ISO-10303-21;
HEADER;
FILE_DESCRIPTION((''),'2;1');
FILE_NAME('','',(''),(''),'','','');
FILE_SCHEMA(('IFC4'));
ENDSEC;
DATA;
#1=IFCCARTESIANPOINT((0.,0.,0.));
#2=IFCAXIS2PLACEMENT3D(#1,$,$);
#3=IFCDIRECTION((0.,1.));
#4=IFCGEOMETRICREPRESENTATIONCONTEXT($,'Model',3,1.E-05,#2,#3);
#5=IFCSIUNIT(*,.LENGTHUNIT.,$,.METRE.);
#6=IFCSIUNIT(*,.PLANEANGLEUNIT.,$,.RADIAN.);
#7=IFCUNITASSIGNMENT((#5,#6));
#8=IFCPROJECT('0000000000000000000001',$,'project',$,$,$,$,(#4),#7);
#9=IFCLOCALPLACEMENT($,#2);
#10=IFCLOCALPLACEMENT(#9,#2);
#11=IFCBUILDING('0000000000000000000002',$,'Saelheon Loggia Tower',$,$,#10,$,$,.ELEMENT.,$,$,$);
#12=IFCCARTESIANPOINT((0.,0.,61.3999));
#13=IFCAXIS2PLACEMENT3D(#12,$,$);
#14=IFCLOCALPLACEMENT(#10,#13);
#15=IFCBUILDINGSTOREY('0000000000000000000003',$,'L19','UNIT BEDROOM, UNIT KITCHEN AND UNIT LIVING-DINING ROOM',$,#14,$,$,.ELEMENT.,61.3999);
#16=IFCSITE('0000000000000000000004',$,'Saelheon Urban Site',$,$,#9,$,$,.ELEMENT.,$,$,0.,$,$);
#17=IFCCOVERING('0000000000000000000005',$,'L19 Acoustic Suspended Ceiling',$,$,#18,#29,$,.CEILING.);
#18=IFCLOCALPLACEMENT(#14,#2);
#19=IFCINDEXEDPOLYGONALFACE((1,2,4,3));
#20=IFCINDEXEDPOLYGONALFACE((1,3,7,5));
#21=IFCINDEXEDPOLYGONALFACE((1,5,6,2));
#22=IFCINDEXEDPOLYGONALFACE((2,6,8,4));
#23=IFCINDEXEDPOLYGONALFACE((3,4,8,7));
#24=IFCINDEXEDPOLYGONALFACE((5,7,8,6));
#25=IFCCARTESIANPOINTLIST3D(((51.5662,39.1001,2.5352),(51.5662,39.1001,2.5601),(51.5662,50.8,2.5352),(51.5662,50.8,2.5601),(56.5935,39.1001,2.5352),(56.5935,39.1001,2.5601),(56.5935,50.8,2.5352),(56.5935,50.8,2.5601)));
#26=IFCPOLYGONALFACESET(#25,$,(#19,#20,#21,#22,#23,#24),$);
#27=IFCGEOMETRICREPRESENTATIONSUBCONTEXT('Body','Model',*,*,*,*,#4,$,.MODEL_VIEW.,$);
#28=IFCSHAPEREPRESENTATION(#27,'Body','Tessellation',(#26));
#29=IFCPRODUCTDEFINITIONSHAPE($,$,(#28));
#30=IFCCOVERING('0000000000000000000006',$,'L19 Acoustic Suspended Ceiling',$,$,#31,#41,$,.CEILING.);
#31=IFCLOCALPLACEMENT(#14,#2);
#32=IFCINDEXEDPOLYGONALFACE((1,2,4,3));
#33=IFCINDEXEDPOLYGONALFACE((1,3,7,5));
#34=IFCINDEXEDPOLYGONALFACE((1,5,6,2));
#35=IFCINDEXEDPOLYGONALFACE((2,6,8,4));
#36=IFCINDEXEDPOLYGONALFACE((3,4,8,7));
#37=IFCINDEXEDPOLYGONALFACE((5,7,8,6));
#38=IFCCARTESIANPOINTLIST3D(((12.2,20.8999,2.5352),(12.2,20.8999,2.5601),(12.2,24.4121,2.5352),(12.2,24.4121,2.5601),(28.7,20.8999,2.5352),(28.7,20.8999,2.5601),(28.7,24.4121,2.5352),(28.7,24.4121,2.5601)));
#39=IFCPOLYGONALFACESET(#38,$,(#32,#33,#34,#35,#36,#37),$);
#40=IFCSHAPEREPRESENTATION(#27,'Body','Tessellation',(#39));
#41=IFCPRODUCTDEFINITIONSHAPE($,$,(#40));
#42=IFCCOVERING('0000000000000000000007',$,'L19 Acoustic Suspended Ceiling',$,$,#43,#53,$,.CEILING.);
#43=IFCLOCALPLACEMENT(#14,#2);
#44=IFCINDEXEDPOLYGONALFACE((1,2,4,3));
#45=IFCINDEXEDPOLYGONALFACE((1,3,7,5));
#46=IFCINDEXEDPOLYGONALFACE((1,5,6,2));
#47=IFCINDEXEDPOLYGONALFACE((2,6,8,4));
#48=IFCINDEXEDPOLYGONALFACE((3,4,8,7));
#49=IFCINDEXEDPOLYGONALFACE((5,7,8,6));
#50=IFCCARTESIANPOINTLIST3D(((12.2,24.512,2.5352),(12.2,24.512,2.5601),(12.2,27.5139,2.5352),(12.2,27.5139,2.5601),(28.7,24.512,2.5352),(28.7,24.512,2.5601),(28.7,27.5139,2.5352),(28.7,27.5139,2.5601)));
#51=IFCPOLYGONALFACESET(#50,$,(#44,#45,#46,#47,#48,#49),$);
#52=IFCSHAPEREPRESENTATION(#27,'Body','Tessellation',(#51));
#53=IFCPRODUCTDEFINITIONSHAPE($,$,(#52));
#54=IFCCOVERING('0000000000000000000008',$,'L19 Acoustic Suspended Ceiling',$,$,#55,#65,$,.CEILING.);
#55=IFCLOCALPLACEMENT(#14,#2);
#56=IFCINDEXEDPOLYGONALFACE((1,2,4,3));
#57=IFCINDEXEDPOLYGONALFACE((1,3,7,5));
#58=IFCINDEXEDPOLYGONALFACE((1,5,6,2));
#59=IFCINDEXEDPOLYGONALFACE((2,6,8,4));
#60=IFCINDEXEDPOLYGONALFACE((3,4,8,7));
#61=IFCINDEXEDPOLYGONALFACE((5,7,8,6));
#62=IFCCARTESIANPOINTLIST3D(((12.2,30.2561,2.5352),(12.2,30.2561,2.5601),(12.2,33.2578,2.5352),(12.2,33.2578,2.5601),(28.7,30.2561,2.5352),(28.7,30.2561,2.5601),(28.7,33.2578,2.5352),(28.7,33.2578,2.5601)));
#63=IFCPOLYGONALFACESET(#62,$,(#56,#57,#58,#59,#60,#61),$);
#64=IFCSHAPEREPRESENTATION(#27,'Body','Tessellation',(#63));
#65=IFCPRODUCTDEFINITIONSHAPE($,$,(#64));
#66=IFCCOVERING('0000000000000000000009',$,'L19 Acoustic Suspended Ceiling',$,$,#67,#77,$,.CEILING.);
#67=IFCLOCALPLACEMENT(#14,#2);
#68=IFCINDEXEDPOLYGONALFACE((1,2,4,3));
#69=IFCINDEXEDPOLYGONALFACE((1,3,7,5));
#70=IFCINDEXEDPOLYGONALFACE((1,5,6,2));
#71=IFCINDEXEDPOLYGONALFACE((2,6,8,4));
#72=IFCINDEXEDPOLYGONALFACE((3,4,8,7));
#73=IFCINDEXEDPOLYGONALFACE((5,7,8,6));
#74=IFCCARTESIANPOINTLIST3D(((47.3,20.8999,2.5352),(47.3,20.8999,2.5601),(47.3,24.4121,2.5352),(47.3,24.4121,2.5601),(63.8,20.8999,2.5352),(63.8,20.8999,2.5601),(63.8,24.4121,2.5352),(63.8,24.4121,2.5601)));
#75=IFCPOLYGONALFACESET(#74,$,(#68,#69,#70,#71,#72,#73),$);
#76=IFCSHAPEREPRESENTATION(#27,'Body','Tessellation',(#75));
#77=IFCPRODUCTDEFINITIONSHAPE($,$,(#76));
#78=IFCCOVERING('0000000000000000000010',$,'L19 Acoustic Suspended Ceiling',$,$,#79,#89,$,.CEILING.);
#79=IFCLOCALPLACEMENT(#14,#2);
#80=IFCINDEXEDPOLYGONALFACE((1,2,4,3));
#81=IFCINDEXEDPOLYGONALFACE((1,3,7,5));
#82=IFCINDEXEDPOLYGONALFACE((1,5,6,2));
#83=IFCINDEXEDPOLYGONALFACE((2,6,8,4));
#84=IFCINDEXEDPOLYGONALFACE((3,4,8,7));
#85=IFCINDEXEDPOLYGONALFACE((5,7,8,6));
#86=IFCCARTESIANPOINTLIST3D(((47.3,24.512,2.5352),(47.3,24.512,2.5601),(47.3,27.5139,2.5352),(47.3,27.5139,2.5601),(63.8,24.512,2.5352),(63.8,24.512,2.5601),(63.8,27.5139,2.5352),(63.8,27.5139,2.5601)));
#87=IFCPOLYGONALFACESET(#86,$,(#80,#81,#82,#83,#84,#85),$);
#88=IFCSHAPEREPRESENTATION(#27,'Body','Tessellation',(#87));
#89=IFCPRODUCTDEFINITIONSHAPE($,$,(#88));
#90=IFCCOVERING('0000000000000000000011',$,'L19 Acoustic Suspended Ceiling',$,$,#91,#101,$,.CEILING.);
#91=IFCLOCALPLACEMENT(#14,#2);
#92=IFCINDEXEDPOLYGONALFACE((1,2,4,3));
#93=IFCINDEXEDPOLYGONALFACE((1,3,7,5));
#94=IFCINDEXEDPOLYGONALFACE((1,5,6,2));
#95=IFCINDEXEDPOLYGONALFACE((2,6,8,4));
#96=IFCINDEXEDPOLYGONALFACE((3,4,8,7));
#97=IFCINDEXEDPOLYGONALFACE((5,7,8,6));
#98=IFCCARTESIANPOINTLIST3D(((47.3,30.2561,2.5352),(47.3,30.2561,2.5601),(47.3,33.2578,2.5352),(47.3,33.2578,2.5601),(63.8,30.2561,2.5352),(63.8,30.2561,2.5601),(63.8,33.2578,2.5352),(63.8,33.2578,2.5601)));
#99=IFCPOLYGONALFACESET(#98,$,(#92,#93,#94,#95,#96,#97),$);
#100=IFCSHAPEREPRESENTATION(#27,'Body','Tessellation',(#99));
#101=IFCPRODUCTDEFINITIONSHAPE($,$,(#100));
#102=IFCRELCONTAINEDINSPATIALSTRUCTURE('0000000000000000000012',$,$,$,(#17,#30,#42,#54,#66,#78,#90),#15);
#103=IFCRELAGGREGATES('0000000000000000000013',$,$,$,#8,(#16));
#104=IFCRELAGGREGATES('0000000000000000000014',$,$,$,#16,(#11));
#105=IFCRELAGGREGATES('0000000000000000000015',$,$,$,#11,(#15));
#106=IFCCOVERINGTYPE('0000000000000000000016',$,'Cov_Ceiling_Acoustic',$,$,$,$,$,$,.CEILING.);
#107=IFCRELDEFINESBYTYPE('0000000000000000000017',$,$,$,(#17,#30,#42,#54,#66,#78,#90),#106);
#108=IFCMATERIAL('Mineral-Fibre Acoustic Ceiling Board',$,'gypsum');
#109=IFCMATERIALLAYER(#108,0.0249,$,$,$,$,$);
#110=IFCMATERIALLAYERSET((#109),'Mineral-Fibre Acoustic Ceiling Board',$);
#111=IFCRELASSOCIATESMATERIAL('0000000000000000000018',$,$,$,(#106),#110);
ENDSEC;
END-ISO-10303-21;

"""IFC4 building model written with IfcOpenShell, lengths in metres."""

from ifc_helpers import new_model, si_unit, direction, frame, origin, place, context, subcontext, project, spatial, polyline, outline, extrude, material, layer, layer_set, type_object, element, save


model = new_model("IFC4")

# Units and contexts
model_context = context("Model", 3, precision=1e-05, world=origin(), true_north=direction((0.0, 1.0)))
body_context = subcontext(model_context, "Body", "Model", "MODEL_VIEW")
ifc_project = project(units=[si_unit("LENGTHUNIT", "METRE"), si_unit("PLANEANGLEUNIT", "RADIAN")], contexts=[model_context])

# Site, building, storey
site_placement = place(None, origin())
site = spatial("IfcSite", under=ifc_project, at=site_placement, Name="Saelheon Urban Site", CompositionType="ELEMENT", RefElevation=0.0)
building_placement = place(site_placement, origin())
building = spatial("IfcBuilding", under=site, at=building_placement, Name="Saelheon Loggia Tower", CompositionType="ELEMENT")
storey_placement = place(building_placement, frame((0.0, 0.0, 61.3999)))
storey = spatial("IfcBuildingStorey", under=building, at=storey_placement, Name="L19", Description="UNIT BEDROOM, UNIT KITCHEN AND UNIT LIVING-DINING ROOM", CompositionType="ELEMENT", Elevation=61.3999)

# Coverings
ifc_material_1 = material(Name="Mineral-Fibre Acoustic Ceiling Board", Category="gypsum")
ifc_layer_1 = layer(ifc_material_1, 0.0249)
ifc_layer_set_1 = layer_set([ifc_layer_1], Name="Mineral-Fibre Acoustic Ceiling Board")
covering_type = type_object("IfcCoveringType", Name="Cov_Ceiling_Acoustic", PredefinedType="CEILING", material=ifc_layer_set_1)
covering_1_placement = place(storey_placement, frame((0.0, 0.0, 2.5352)))
element("IfcCovering", 1, at=covering_1_placement, inside=storey, type_object=covering_type, Name="L19 Acoustic Suspended Ceiling", PredefinedType="CEILING", context=body_context, shape_type="SweptSolid", body=[
    extrude(outline(polyline([(51.5662, 39.1001), (56.5935, 39.1001), (56.5935, 50.8), (51.5662, 50.8), (51.5662, 39.1001)])), origin(), (0.0, 0.0, 1.0), 0.0249),
])
covering_2_placement = place(storey_placement, frame((0.0, 0.0, 2.5352)))
element("IfcCovering", 2, at=covering_2_placement, inside=storey, type_object=covering_type, Name="L19 Acoustic Suspended Ceiling", PredefinedType="CEILING", context=body_context, shape_type="SweptSolid", body=[
    extrude(outline(polyline([(12.2, 20.8999), (28.7, 20.8999), (28.7, 24.4121), (12.2, 24.4121), (12.2, 20.8999)])), origin(), (0.0, 0.0, 1.0), 0.0249),
])
covering_3_placement = place(storey_placement, frame((0.0, 0.0, 2.5352)))
element("IfcCovering", 3, at=covering_3_placement, inside=storey, type_object=covering_type, Name="L19 Acoustic Suspended Ceiling", PredefinedType="CEILING", context=body_context, shape_type="SweptSolid", body=[
    extrude(outline(polyline([(12.2, 24.512), (28.7, 24.512), (28.7, 27.5139), (12.2, 27.5139), (12.2, 24.512)])), origin(), (0.0, 0.0, 1.0), 0.0249),
])
covering_4_placement = place(storey_placement, frame((0.0, 0.0, 2.5352)))
element("IfcCovering", 4, at=covering_4_placement, inside=storey, type_object=covering_type, Name="L19 Acoustic Suspended Ceiling", PredefinedType="CEILING", context=body_context, shape_type="SweptSolid", body=[
    extrude(outline(polyline([(12.2, 30.2561), (28.7, 30.2561), (28.7, 33.2578), (12.2, 33.2578), (12.2, 30.2561)])), origin(), (0.0, 0.0, 1.0), 0.0249),
])
covering_5_placement = place(storey_placement, frame((0.0, 0.0, 2.5352)))
element("IfcCovering", 5, at=covering_5_placement, inside=storey, type_object=covering_type, Name="L19 Acoustic Suspended Ceiling", PredefinedType="CEILING", context=body_context, shape_type="SweptSolid", body=[
    extrude(outline(polyline([(47.3, 20.8999), (63.8, 20.8999), (63.8, 24.4121), (47.3, 24.4121), (47.3, 20.8999)])), origin(), (0.0, 0.0, 1.0), 0.0249),
])
covering_6_placement = place(storey_placement, frame((0.0, 0.0, 2.5352)))
element("IfcCovering", 6, at=covering_6_placement, inside=storey, type_object=covering_type, Name="L19 Acoustic Suspended Ceiling", PredefinedType="CEILING", context=body_context, shape_type="SweptSolid", body=[
    extrude(outline(polyline([(47.3, 24.512), (63.8, 24.512), (63.8, 27.5139), (47.3, 27.5139), (47.3, 24.512)])), origin(), (0.0, 0.0, 1.0), 0.0249),
])
covering_7_placement = place(storey_placement, frame((0.0, 0.0, 2.5352)))
element("IfcCovering", 7, at=covering_7_placement, inside=storey, type_object=covering_type, Name="L19 Acoustic Suspended Ceiling", PredefinedType="CEILING", context=body_context, shape_type="SweptSolid", body=[
    extrude(outline(polyline([(47.3, 30.2561), (63.8, 30.2561), (63.8, 33.2578), (47.3, 33.2578), (47.3, 30.2561)])), origin(), (0.0, 0.0, 1.0), 0.0249),
])

save(model, "model.ifc")
